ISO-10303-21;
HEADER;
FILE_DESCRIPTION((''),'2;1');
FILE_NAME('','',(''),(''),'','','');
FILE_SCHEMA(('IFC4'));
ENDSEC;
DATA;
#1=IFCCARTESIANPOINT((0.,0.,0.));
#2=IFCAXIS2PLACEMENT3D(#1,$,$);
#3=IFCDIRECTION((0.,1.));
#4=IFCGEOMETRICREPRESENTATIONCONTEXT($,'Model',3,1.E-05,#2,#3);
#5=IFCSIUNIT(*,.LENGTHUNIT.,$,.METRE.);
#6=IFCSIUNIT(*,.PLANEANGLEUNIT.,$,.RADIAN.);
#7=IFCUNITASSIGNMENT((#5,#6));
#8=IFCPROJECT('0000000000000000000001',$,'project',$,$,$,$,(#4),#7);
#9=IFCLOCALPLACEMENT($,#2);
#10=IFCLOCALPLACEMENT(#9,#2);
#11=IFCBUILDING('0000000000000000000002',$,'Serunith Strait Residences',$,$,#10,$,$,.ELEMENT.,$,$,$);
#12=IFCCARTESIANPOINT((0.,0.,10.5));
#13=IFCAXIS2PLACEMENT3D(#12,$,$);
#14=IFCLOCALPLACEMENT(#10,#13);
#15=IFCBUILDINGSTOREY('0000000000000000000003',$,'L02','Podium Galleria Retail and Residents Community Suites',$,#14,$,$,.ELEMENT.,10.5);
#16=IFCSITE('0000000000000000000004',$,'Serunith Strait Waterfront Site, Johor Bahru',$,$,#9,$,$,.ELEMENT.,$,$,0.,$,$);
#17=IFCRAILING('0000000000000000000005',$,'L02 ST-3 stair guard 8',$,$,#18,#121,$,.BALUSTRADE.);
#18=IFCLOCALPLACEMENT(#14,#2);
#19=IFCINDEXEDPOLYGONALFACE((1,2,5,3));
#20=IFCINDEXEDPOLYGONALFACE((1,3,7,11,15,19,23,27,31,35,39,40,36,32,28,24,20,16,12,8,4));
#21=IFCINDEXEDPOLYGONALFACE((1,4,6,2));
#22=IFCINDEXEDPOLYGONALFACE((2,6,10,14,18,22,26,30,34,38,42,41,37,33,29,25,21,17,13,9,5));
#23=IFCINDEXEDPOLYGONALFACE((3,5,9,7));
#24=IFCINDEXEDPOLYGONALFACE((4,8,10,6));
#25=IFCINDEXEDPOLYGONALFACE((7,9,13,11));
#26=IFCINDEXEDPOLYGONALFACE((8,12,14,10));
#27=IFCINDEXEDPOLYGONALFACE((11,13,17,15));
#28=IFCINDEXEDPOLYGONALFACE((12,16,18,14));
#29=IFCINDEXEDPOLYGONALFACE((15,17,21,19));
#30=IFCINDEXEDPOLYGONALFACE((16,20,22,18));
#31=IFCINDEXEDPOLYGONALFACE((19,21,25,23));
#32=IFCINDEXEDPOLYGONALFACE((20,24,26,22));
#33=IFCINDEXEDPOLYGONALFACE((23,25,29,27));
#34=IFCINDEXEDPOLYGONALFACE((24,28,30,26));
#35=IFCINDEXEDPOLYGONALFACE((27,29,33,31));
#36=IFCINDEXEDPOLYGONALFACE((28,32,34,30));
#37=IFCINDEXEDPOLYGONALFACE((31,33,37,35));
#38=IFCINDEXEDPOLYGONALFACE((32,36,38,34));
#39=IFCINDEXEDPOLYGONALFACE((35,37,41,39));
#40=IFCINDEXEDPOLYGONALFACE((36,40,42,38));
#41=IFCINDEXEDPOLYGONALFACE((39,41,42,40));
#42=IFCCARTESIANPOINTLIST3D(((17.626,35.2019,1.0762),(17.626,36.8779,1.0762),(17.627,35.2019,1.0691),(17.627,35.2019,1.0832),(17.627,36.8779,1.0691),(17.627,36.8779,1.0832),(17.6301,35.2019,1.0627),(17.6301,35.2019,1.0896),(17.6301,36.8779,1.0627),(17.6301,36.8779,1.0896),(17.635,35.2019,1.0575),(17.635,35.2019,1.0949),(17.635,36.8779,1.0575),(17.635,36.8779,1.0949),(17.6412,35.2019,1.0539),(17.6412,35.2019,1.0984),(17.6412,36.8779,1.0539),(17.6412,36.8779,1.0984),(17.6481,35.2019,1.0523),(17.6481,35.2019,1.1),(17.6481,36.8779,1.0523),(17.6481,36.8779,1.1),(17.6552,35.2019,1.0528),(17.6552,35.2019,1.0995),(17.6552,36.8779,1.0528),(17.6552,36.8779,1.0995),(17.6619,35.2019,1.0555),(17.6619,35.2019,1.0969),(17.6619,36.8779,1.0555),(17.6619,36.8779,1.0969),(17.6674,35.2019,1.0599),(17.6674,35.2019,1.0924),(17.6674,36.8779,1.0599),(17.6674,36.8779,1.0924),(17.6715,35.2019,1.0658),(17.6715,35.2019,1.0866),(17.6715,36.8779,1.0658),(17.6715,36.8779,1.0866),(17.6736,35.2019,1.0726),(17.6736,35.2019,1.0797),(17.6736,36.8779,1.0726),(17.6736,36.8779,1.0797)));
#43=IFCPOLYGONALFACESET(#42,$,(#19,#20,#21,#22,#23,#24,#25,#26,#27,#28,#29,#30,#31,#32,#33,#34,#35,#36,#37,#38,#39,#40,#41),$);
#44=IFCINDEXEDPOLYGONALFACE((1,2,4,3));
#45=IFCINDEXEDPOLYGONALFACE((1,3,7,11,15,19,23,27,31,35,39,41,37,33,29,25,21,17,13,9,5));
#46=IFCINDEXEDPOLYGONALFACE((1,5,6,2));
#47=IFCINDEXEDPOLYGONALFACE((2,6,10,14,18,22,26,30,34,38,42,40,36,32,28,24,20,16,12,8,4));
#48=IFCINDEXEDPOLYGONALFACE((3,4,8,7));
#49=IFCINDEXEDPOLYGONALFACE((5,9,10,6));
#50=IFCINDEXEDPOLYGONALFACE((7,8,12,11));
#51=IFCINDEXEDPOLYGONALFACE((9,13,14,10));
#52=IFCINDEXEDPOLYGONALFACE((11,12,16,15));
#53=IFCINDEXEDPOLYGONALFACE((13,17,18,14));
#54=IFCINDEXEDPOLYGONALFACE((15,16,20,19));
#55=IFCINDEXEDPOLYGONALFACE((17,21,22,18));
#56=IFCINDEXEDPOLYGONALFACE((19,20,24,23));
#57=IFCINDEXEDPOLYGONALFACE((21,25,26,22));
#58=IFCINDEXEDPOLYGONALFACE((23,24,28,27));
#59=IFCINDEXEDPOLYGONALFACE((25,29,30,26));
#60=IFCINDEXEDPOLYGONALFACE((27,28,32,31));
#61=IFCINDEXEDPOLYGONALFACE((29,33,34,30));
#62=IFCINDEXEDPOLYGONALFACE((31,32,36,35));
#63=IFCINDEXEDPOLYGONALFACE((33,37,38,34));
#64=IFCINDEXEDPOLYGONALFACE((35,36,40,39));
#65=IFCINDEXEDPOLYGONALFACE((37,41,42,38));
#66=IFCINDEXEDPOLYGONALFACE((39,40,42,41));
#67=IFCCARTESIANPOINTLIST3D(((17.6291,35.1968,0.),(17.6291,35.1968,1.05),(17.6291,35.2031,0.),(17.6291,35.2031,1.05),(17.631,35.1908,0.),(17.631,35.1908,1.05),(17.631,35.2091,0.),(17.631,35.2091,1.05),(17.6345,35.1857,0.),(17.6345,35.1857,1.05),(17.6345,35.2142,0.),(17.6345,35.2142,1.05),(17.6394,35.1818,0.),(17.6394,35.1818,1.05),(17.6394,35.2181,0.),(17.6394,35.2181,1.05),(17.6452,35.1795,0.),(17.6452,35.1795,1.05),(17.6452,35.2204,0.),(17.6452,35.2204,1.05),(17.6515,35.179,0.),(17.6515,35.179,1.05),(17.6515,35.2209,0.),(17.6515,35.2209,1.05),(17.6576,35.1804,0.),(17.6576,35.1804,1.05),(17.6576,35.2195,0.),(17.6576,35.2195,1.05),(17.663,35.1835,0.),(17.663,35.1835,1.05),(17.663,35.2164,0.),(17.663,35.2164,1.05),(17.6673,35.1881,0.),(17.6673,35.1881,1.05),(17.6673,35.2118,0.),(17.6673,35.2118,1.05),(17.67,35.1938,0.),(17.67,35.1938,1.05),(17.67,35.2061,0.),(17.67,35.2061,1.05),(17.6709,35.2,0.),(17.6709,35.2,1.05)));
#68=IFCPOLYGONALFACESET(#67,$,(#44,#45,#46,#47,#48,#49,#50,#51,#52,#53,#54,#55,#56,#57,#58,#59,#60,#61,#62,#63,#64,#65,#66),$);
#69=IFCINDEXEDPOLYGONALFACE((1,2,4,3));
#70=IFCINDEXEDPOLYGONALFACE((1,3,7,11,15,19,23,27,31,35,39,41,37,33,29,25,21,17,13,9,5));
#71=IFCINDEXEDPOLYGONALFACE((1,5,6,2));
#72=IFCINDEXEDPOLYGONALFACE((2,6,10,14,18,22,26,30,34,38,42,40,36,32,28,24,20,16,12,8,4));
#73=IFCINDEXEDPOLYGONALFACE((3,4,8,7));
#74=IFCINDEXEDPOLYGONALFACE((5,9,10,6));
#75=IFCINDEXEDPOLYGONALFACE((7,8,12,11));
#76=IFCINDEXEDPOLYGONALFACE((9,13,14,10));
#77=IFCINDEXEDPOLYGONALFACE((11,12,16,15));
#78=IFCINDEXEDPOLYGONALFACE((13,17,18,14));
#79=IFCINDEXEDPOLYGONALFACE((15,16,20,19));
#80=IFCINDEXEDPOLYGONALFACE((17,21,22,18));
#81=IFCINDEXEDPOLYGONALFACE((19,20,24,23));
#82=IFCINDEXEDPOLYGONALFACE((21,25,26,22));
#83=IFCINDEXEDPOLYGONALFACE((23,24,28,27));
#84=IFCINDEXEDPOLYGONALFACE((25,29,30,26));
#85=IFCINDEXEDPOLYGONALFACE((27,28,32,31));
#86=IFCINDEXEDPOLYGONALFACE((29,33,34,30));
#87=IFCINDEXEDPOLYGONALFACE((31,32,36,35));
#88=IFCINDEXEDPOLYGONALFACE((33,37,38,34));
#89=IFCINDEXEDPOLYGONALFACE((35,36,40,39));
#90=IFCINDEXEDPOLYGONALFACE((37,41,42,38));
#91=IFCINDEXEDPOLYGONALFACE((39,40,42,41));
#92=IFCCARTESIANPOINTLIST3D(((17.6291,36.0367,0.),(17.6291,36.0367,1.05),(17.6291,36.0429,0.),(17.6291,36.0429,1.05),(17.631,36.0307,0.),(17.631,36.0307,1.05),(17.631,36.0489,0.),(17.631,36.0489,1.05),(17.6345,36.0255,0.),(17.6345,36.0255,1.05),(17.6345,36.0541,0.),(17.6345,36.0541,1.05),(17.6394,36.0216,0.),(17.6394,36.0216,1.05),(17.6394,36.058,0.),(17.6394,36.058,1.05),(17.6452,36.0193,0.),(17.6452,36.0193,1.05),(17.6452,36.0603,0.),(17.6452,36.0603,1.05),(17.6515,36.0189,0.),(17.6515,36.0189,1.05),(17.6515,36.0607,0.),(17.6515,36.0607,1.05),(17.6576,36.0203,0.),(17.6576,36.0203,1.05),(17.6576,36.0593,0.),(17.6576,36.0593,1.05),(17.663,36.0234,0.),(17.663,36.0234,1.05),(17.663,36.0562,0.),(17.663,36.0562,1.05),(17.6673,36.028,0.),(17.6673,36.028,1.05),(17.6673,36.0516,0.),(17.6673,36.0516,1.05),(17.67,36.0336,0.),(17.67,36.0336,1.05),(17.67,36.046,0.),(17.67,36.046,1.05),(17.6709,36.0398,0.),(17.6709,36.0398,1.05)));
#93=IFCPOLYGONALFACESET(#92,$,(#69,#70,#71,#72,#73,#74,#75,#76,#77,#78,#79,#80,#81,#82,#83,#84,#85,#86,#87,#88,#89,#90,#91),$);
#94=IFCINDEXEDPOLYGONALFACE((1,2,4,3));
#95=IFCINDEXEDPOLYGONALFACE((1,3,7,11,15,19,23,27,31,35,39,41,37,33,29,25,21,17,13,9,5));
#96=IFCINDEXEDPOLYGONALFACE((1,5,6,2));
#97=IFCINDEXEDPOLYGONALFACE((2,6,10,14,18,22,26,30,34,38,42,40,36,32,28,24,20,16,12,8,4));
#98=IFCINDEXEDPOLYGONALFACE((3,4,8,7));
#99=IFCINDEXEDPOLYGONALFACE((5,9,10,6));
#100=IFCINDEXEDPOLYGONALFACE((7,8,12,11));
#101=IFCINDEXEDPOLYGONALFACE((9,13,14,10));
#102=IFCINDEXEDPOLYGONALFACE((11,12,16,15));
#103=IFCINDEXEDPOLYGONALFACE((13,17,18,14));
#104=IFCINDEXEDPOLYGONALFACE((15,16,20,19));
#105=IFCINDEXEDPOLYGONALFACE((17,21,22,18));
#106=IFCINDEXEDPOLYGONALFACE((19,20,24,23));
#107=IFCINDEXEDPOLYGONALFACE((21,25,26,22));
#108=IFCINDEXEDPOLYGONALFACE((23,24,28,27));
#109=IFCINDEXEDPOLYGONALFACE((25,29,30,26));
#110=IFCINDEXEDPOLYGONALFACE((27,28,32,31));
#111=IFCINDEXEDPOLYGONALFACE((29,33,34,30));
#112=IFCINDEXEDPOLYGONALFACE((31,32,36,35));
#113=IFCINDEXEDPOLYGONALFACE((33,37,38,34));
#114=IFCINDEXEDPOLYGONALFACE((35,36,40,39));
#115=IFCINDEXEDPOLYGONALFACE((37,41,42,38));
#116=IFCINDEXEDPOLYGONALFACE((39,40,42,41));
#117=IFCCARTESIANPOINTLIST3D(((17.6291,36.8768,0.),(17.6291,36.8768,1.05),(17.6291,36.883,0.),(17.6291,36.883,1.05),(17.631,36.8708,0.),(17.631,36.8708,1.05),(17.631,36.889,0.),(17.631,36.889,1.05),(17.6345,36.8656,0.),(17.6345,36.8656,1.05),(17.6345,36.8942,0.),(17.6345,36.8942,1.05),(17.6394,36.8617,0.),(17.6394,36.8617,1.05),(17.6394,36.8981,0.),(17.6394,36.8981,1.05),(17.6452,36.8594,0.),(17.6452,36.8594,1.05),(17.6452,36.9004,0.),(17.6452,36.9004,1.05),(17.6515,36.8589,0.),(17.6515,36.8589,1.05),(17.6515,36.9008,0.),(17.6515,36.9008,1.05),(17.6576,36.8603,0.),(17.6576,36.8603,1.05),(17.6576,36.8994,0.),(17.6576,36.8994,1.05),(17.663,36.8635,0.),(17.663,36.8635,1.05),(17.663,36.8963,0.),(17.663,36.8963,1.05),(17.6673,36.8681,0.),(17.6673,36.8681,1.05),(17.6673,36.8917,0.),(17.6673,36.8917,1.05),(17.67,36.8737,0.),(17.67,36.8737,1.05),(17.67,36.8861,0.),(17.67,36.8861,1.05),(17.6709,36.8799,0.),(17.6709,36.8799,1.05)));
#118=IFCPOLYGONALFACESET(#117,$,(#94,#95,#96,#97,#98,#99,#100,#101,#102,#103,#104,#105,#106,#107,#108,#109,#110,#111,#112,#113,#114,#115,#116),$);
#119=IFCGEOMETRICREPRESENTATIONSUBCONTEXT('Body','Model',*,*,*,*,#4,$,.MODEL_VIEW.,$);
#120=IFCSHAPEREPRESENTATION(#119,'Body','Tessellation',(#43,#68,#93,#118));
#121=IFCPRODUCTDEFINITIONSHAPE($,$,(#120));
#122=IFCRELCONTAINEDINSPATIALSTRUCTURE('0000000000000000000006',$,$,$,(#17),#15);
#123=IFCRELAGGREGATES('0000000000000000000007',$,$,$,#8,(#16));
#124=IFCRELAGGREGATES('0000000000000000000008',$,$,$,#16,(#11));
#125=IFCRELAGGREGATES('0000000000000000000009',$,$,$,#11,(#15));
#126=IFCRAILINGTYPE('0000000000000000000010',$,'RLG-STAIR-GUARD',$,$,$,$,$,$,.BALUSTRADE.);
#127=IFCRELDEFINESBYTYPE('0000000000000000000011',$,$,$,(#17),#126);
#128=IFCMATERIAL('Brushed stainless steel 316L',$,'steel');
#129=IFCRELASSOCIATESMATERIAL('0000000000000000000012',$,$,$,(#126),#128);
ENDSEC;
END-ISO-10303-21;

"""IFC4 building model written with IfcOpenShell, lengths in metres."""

from ifc_helpers import new_model, si_unit, direction, frame, origin, origin_2d, place, context, subcontext, project, spatial, circle, extrude, material, type_object, element, save


model = new_model("IFC4")

# Units and contexts
model_context = context("Model", 3, precision=1e-05, world=origin(), true_north=direction((0.0, 1.0)))
body_context = subcontext(model_context, "Body", "Model", "MODEL_VIEW")
ifc_project = project(units=[si_unit("LENGTHUNIT", "METRE"), si_unit("PLANEANGLEUNIT", "RADIAN")], contexts=[model_context])

# Site, building, storey
site_placement = place(None, origin())
site = spatial("IfcSite", under=ifc_project, at=site_placement, Name="Serunith Strait Waterfront Site, Johor Bahru", CompositionType="ELEMENT", RefElevation=0.0)
building_placement = place(site_placement, origin())
building = spatial("IfcBuilding", under=site, at=building_placement, Name="Serunith Strait Residences", CompositionType="ELEMENT")
storey_placement = place(building_placement, frame((0.0, 0.0, 10.5)))
storey = spatial("IfcBuildingStorey", under=building, at=storey_placement, Name="L02", Description="Podium Galleria Retail and Residents Community Suites", CompositionType="ELEMENT", Elevation=10.5)

# Railing
ifc_material_1 = material(Name="Brushed stainless steel 316L", Category="steel")
railing_type_1 = type_object("IfcRailingType", Name="RLG-STAIR-GUARD", PredefinedType="BALUSTRADE", material=ifc_material_1)
railing_1_placement = place(storey_placement, frame((17.6499, 35.2, 0.0)))
element("IfcRailing", 1, at=railing_1_placement, inside=storey, type_object=railing_type_1, Name="L02 ST-3 stair guard 8", PredefinedType="BALUSTRADE", context=body_context, shape_type="SweptSolid", body=[
    extrude(circle(Radius=0.0239, at=origin_2d()), frame((0.0, 0.002, 1.0762), z_axis=(0.0, 1.0, 0.0), x_axis=(-1.0, 0.0, 0.0)), (0.0, 0.0, 1.0), 1.676),
    extrude(circle(Radius=0.021, at=origin_2d()), origin(), (0.0, 0.0, 1.0), 1.05),
    extrude(circle(Radius=0.021, at=origin_2d()), frame((0.0, 0.8398, 0.0)), (0.0, 0.0, 1.0), 1.05),
    extrude(circle(Radius=0.021, at=origin_2d()), frame((0.0, 1.6799, 0.0)), (0.0, 0.0, 1.0), 1.05),
])

save(model, "model.ifc")
